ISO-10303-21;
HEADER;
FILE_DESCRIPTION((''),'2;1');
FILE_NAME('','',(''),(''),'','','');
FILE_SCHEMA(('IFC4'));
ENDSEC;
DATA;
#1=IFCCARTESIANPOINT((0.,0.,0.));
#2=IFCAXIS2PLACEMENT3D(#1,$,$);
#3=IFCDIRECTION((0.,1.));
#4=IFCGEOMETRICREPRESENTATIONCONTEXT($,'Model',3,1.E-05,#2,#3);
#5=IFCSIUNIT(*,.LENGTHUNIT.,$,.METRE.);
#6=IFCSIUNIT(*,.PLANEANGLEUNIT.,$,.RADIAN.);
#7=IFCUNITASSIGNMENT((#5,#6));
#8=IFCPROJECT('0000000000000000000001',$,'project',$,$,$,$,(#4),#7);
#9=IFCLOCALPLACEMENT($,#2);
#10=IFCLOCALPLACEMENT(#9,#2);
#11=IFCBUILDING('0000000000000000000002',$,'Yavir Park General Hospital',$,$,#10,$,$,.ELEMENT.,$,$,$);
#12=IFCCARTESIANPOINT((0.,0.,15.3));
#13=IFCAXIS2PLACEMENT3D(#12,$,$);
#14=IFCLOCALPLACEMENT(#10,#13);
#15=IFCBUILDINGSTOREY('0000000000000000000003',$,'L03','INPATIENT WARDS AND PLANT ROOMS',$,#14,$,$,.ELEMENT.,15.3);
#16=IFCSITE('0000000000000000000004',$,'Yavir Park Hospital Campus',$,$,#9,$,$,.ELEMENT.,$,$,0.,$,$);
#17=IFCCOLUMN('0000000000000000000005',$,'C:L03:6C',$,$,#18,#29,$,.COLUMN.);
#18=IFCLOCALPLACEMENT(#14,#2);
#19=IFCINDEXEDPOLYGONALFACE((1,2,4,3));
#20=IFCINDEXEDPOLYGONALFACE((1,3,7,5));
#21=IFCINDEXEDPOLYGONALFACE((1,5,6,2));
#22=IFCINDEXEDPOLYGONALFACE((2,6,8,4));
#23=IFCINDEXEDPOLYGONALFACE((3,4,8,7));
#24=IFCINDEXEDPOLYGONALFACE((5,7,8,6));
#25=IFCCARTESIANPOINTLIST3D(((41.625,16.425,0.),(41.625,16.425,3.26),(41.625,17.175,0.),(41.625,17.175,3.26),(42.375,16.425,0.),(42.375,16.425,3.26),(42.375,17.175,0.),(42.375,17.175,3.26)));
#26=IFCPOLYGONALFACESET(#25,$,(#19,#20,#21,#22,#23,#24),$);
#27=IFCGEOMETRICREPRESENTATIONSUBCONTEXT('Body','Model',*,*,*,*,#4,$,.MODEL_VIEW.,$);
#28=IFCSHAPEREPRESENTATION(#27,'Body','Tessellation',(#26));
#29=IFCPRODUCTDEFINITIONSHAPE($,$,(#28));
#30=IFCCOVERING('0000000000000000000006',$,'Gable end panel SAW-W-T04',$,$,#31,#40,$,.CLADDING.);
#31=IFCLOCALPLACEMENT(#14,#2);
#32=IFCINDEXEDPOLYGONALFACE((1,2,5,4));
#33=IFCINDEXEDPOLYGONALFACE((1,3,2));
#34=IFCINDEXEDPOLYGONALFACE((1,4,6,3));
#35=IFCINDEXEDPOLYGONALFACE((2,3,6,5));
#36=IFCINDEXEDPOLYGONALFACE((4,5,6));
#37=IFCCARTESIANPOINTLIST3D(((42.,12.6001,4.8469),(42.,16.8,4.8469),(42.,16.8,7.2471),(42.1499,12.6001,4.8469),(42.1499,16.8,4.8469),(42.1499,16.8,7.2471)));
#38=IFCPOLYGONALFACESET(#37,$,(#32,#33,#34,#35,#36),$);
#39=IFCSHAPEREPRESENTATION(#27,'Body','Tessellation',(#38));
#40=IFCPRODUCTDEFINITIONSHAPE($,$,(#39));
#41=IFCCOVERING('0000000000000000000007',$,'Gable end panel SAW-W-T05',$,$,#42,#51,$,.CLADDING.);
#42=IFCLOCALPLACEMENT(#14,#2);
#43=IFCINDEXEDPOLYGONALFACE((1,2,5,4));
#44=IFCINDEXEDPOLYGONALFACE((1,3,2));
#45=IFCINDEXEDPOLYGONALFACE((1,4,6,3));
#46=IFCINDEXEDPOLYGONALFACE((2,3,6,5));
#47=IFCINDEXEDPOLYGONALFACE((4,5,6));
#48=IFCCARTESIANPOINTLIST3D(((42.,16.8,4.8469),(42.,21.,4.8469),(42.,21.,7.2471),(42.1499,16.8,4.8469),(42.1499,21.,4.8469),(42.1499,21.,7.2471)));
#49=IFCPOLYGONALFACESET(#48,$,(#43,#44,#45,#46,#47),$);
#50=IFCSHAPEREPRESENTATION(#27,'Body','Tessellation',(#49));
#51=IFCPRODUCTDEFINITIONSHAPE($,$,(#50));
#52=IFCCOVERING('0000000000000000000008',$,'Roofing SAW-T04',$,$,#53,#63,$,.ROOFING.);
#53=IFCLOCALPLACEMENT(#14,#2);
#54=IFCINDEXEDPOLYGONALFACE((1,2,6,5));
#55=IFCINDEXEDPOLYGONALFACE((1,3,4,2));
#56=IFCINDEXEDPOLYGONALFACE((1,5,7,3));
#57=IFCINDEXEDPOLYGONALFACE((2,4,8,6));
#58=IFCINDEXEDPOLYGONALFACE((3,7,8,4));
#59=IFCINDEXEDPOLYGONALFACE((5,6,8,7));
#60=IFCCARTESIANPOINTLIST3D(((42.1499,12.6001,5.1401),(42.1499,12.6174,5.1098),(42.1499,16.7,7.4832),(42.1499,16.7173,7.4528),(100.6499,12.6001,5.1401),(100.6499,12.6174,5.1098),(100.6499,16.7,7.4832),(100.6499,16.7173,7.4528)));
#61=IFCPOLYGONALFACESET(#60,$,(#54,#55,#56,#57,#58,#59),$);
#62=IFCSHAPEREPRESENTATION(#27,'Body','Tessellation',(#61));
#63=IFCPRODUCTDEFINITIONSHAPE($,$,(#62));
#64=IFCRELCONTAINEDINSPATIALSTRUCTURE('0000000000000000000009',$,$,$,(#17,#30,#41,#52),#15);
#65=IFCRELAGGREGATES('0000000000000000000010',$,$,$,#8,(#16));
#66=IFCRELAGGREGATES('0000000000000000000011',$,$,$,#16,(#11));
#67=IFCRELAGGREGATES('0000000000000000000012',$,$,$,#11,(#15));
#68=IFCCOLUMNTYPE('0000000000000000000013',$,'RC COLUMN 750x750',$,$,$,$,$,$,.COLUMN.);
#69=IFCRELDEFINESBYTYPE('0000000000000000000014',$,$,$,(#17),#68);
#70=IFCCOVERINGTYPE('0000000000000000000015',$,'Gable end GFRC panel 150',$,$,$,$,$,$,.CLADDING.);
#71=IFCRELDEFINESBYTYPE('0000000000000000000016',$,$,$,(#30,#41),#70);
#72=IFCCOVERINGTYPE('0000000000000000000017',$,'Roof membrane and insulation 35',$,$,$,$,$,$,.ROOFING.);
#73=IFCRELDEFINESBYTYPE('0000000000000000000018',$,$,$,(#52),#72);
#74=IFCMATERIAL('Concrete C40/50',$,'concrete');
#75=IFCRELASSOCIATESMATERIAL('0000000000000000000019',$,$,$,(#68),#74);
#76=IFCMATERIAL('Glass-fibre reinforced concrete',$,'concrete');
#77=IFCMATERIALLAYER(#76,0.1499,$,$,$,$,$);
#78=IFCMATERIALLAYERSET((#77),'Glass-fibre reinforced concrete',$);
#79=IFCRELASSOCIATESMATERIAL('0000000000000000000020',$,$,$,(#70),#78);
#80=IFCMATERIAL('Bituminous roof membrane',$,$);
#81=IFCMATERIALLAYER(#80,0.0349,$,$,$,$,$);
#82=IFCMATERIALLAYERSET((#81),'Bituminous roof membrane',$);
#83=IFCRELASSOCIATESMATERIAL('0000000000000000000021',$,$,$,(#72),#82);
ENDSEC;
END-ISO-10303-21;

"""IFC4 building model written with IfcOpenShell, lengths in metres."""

from ifc_helpers import new_model, si_unit, direction, frame, origin, origin_2d, place, context, subcontext, project, spatial, polyline, rectangle, outline, extrude, material, layer, layer_set, material_profile, profile_set, type_object, element, save


model = new_model("IFC4")

# Units and contexts
model_context = context("Model", 3, precision=1e-05, world=origin(), true_north=direction((0.0, 1.0)))
body_context = subcontext(model_context, "Body", "Model", "MODEL_VIEW")
ifc_project = project(units=[si_unit("LENGTHUNIT", "METRE"), si_unit("PLANEANGLEUNIT", "RADIAN")], contexts=[model_context])

# Site, building, storey
site_placement = place(None, origin())
site = spatial("IfcSite", under=ifc_project, at=site_placement, Name="Yavir Park Hospital Campus", CompositionType="ELEMENT", RefElevation=0.0)
building_placement = place(site_placement, origin())
building = spatial("IfcBuilding", under=site, at=building_placement, Name="Yavir Park General Hospital", CompositionType="ELEMENT")
storey_placement = place(building_placement, frame((0.0, 0.0, 15.3)))
storey = spatial("IfcBuildingStorey", under=building, at=storey_placement, Name="L03", Description="INPATIENT WARDS AND PLANT ROOMS", CompositionType="ELEMENT", Elevation=15.3)

# Column
ifc_material_1 = material(Name="Concrete C40/50", Category="concrete")
ifc_material_profile = material_profile(ifc_material_1, rectangle(XDim=0.75, YDim=0.75, at=origin_2d()), Name="RC750x750")
ifc_profile_set = profile_set([ifc_material_profile], Name="Concrete C40/50")
column_type = type_object("IfcColumnType", Name="RC COLUMN 750x750", PredefinedType="COLUMN", material=ifc_profile_set)
column_placement = place(storey_placement, frame((42.0, 16.8, 0.0), z_axis=(0.0, 0.0, 1.0), x_axis=(1.0, 0.0, 0.0)))
element("IfcColumn", 1, at=column_placement, inside=storey, type_object=column_type, Name="C:L03:6C", PredefinedType="COLUMN", context=body_context, shape_type="SweptSolid", body=[
    extrude(rectangle(XDim=0.75, YDim=0.75, at=origin_2d()), origin(), (0.0, 0.0, 1.0), 3.26),
])

# Coverings
ifc_material_2 = material(Name="Glass-fibre reinforced concrete", Category="concrete")
ifc_layer_1 = layer(ifc_material_2, 0.1499)
ifc_layer_set_1 = layer_set([ifc_layer_1], Name="Glass-fibre reinforced concrete")
covering_type_1 = type_object("IfcCoveringType", Name="Gable end GFRC panel 150", PredefinedType="CLADDING", material=ifc_layer_set_1)
for number, where, z_axis, x_axis, name in (
    (2, (42.0, 12.6001, 4.8469), (-1.0, 0.0, 0.0), (0.0, 1.0, 0.0), "Gable end panel SAW-W-T04"),
    (3, (42.0, 16.8, 4.8469), (-1.0, 0.0, 0.0), (0.0, 1.0, 0.0), "Gable end panel SAW-W-T05"),
):
    element("IfcCovering", number, at=place(storey_placement, frame(where, z_axis=z_axis, x_axis=x_axis)), inside=storey, type_object=covering_type_1, Name=name, PredefinedType="CLADDING", context=body_context, shape_type="SweptSolid", body=[
        extrude(outline(polyline([(0.0, 0.0), (4.2, 0.0), (4.2, -2.4001), (0.0, 0.0)])), origin(), (0.0, 0.0, -1.0), 0.1499),
    ])
ifc_material_3 = material(Name="Bituminous roof membrane")
ifc_layer_2 = layer(ifc_material_3, 0.0349)
ifc_layer_set_2 = layer_set([ifc_layer_2], Name="Bituminous roof membrane")
covering_type_2 = type_object("IfcCoveringType", Name="Roof membrane and insulation 35", PredefinedType="ROOFING", material=ifc_layer_set_2)
covering_placement = place(storey_placement, frame((42.1499, 12.6001, 5.1401), z_axis=(0.0, -0.496178, 0.868221), x_axis=(1.0, 0.0, 0.0)))
element("IfcCovering", 4, at=covering_placement, inside=storey, type_object=covering_type_2, Name="Roofing SAW-T04", PredefinedType="ROOFING", context=body_context, shape_type="SweptSolid", body=[
    extrude(outline(polyline([(0.0, 0.0), (58.5, 0.0), (58.5, 4.7221), (0.0, 4.7221), (0.0, 0.0)])), origin(), (0.0, 0.0, -1.0), 0.0349),
])

save(model, "model.ifc")
